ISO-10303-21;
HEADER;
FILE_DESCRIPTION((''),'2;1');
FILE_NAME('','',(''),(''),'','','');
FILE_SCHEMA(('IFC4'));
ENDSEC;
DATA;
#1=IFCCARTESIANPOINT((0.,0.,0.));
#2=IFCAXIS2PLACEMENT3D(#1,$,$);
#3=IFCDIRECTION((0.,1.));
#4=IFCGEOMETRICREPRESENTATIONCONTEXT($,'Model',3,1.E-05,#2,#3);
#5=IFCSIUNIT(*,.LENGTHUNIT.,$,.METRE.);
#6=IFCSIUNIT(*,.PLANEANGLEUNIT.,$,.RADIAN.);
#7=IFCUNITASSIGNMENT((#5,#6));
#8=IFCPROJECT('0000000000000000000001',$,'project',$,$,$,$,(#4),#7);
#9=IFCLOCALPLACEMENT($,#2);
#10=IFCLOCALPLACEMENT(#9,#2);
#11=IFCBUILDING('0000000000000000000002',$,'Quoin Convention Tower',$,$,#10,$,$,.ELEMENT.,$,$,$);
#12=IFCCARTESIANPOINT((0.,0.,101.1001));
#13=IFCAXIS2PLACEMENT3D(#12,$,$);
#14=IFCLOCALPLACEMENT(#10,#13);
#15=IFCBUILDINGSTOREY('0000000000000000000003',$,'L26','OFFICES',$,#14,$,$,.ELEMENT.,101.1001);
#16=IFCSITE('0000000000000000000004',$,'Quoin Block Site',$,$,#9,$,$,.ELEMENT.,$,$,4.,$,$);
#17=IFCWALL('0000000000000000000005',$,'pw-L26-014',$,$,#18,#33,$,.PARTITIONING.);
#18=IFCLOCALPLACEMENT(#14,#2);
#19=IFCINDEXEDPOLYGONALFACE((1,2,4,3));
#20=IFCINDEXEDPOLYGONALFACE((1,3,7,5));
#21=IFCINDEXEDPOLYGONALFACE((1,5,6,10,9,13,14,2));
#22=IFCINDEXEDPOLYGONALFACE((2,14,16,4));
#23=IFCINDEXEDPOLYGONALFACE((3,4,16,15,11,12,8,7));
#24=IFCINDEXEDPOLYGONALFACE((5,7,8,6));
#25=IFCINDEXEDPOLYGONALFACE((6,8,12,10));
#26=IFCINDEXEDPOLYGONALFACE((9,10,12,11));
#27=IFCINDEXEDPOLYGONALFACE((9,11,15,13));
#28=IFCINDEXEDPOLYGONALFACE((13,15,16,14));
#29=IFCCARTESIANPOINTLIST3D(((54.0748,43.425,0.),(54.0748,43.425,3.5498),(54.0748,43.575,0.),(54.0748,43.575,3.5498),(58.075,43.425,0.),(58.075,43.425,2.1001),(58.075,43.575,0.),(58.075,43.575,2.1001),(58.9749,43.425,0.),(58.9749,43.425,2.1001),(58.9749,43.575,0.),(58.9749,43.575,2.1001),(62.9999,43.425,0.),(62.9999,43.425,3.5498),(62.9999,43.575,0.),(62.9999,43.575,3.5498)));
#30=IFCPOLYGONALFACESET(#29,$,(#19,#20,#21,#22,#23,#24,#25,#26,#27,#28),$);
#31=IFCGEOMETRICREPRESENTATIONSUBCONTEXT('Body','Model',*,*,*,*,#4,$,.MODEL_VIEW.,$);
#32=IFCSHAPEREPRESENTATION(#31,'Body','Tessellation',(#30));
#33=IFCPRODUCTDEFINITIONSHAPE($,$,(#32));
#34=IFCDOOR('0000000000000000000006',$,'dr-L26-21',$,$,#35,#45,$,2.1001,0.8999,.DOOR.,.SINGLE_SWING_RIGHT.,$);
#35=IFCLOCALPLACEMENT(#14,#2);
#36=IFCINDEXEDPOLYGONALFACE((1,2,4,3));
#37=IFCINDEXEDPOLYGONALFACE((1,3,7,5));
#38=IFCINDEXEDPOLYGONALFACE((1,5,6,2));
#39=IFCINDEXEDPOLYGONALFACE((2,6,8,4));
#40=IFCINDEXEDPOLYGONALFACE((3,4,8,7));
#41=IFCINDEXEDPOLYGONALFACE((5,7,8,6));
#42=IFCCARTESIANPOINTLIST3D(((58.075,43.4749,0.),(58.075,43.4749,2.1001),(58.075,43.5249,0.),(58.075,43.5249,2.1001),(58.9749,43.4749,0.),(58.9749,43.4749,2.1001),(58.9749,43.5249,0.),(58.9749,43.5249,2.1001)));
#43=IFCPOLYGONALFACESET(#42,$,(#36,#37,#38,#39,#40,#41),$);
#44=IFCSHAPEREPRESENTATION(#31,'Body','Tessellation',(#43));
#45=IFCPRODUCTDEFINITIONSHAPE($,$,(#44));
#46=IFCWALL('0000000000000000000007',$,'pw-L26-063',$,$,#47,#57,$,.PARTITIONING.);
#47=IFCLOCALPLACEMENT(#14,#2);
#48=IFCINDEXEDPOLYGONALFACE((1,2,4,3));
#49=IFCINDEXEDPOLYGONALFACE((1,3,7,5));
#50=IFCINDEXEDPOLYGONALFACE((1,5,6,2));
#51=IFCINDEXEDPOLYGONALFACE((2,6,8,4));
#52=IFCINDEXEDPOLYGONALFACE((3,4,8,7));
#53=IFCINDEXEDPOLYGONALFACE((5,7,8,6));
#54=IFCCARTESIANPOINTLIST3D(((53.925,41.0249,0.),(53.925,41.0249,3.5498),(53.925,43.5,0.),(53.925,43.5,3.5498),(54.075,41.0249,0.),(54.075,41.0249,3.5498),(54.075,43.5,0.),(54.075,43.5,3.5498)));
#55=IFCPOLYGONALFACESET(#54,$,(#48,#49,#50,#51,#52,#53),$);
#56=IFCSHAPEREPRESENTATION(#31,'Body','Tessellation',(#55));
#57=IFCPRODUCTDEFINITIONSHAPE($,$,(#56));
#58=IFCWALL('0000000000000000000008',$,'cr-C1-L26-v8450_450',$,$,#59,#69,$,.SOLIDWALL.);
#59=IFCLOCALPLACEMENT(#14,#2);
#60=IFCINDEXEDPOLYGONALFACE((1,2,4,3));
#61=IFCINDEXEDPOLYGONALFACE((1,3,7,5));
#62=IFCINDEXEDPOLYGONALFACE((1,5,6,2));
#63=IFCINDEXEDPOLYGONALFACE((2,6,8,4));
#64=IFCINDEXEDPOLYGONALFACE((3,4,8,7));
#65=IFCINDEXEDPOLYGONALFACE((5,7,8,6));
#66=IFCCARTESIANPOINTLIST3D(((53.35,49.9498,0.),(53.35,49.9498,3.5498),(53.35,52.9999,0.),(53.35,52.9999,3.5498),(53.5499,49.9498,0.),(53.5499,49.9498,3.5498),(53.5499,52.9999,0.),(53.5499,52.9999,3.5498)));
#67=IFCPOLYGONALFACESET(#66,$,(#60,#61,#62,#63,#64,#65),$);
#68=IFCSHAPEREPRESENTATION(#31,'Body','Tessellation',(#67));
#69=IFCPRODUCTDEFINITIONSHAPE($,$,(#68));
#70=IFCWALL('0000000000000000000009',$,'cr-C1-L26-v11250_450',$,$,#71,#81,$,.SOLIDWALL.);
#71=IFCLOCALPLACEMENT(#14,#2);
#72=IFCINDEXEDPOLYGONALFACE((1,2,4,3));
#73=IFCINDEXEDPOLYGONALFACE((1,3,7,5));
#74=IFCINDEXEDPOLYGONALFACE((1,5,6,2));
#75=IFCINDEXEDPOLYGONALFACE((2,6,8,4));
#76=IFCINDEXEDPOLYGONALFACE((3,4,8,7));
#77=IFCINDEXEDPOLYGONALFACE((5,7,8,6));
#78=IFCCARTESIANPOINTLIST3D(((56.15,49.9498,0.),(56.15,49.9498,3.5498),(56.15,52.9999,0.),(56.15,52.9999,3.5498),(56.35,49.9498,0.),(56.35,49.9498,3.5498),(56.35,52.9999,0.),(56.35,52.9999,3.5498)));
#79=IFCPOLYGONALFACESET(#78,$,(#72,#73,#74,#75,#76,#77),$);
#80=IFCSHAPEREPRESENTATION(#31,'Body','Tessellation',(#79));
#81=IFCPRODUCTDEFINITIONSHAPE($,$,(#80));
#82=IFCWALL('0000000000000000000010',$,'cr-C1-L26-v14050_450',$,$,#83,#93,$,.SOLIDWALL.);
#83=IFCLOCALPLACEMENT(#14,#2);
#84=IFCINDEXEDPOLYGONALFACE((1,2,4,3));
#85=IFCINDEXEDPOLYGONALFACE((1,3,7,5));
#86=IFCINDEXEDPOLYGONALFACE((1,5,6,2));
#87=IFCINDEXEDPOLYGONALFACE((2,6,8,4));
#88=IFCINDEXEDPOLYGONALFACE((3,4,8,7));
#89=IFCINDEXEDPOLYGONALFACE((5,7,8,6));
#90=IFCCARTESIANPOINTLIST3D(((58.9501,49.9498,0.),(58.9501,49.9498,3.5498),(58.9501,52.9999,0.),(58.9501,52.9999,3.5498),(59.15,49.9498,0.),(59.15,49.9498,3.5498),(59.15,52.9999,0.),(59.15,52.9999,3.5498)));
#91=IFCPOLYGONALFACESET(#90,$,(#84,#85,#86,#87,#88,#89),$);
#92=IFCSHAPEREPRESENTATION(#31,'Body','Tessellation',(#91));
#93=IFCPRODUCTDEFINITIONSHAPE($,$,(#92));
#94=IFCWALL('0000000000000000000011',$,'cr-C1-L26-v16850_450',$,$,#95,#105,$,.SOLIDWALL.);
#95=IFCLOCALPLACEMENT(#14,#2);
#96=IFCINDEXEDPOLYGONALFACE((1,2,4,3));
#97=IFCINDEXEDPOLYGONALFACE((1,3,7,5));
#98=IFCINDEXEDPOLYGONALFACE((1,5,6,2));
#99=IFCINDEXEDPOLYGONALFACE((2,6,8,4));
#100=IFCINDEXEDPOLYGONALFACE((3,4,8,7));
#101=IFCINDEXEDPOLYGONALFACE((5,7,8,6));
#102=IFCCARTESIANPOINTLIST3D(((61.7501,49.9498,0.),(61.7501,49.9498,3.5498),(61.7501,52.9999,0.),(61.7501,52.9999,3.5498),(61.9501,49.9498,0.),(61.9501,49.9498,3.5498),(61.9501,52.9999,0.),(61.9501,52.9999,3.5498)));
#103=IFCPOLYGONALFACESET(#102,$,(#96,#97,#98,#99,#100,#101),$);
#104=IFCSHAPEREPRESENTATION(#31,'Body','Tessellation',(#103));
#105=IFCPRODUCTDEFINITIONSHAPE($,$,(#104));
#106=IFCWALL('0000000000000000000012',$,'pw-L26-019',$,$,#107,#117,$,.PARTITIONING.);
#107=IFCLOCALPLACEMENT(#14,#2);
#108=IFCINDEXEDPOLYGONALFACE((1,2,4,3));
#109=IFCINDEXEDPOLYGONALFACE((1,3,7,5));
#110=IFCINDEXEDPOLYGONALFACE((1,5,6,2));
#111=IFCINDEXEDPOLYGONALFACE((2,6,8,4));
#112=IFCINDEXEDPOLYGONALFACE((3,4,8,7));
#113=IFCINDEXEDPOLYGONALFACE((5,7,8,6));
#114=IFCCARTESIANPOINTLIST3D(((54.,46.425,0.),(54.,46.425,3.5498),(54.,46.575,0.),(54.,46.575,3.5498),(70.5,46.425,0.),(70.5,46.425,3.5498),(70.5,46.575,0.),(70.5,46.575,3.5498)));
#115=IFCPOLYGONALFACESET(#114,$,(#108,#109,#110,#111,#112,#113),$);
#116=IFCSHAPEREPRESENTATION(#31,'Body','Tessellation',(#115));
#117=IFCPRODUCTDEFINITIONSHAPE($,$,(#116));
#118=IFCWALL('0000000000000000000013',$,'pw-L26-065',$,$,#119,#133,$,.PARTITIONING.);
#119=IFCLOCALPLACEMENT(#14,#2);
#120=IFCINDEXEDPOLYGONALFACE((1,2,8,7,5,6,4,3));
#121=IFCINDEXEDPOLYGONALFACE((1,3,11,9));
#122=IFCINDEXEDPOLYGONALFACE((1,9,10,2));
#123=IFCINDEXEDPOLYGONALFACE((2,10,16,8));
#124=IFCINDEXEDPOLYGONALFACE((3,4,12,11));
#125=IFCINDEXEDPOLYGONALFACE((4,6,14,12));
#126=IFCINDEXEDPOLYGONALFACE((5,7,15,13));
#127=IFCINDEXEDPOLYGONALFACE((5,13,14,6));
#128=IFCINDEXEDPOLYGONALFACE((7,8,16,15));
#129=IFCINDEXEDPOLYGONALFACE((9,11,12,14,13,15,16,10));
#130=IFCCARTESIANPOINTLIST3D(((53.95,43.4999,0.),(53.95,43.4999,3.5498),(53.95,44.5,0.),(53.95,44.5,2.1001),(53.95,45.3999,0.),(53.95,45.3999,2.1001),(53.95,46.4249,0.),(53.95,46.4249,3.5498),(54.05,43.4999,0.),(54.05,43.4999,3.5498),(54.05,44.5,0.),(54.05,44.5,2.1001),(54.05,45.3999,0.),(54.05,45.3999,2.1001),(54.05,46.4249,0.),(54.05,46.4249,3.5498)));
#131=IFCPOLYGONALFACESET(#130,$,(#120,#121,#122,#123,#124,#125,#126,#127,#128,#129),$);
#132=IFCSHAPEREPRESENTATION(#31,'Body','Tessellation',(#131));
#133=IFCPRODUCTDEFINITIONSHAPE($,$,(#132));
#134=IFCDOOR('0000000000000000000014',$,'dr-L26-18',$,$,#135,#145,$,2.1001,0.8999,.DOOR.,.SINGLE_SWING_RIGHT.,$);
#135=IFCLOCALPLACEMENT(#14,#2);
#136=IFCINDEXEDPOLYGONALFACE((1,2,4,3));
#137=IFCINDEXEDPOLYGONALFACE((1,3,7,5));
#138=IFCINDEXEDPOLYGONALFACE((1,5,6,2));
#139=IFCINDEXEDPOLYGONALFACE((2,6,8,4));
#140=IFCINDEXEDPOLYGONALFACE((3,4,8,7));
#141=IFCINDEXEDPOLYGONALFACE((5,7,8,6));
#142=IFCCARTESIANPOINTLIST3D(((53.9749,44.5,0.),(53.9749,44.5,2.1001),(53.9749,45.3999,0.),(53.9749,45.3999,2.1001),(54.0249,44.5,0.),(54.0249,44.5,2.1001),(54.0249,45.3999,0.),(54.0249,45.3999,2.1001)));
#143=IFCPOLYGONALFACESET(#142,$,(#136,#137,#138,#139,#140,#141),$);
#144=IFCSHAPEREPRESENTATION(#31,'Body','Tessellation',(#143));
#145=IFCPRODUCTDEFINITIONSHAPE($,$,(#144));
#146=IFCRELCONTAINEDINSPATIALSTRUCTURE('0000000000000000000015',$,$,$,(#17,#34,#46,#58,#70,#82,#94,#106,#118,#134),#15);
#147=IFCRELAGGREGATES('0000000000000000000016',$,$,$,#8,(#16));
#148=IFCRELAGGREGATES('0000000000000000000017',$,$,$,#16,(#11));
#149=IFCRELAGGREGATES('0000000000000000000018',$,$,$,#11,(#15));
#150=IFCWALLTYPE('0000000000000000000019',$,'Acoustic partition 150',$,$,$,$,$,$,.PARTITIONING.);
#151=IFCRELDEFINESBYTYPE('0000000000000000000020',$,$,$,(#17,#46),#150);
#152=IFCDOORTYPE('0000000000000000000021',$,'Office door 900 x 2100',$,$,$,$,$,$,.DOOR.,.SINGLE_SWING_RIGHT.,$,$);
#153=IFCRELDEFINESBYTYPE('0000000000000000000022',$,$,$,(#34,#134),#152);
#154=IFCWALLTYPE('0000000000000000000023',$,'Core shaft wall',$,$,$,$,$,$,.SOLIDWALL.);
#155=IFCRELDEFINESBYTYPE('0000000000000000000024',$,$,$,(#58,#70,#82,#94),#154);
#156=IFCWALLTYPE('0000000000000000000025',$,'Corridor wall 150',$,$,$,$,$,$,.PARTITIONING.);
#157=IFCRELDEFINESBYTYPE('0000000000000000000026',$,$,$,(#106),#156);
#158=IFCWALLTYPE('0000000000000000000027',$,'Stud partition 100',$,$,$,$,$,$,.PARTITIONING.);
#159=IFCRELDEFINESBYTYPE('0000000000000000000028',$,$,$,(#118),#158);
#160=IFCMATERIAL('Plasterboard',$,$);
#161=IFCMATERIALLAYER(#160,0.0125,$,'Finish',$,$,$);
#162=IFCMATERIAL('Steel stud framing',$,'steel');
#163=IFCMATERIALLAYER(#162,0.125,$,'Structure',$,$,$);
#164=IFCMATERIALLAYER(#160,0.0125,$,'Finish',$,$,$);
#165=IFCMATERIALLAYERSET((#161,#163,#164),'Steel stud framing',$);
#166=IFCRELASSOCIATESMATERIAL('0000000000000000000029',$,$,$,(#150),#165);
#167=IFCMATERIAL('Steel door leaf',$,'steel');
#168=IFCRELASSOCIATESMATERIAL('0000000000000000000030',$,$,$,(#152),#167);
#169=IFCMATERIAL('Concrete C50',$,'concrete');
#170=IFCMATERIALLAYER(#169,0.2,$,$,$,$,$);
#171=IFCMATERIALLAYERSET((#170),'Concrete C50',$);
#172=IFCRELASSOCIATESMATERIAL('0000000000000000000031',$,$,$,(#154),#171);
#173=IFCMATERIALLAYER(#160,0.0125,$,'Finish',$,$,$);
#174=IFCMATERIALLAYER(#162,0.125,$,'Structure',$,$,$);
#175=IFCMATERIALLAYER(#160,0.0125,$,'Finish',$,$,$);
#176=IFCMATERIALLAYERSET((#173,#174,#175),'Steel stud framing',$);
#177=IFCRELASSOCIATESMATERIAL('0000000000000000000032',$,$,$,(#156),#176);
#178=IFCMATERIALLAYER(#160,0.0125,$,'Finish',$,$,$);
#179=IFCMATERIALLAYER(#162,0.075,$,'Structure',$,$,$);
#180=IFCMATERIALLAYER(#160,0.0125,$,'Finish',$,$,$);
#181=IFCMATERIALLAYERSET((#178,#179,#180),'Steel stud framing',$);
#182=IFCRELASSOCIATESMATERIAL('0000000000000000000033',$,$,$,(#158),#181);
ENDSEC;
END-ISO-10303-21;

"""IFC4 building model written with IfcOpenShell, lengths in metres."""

from ifc_helpers import new_model, si_unit, direction, frame, frame_2d, origin, place, context, subcontext, project, spatial, rectangle, extrude, material, layer, layer_set, type_object, element, fill, save


model = new_model("IFC4")

# Units and contexts
model_context = context("Model", 3, precision=1e-05, world=origin(), true_north=direction((0.0, 1.0)))
body_context = subcontext(model_context, "Body", "Model", "MODEL_VIEW")
ifc_project = project(units=[si_unit("LENGTHUNIT", "METRE"), si_unit("PLANEANGLEUNIT", "RADIAN")], contexts=[model_context])

# Site, building, storey
site_placement = place(None, origin())
site = spatial("IfcSite", under=ifc_project, at=site_placement, Name="Quoin Block Site", CompositionType="ELEMENT", RefElevation=4.0)
building_placement = place(site_placement, origin())
building = spatial("IfcBuilding", under=site, at=building_placement, Name="Quoin Convention Tower", CompositionType="ELEMENT")
storey_placement = place(building_placement, frame((0.0, 0.0, 101.1001)))
storey = spatial("IfcBuildingStorey", under=building, at=storey_placement, Name="L26", Description="OFFICES", CompositionType="ELEMENT", Elevation=101.1001)

# Wall, opening, door
ifc_material_1 = material(Name="Plasterboard")
ifc_layer_1 = layer(ifc_material_1, 0.0125, Name="Finish")
ifc_material_2 = material(Name="Steel stud framing", Category="steel")
ifc_layer_2 = layer(ifc_material_2, 0.125, Name="Structure")
ifc_layer_3 = layer(ifc_material_1, 0.0125, Name="Finish")
ifc_layer_set_1 = layer_set([ifc_layer_1, ifc_layer_2, ifc_layer_3], Name="Steel stud framing")
wall_type_1 = type_object("IfcWallType", Name="Acoustic partition 150", PredefinedType="PARTITIONING", material=ifc_layer_set_1)
wall_1_placement = place(storey_placement, frame((54.075, 43.5, 0.0), z_axis=(0.0, 0.0, 1.0), x_axis=(1.0, 0.0, 0.0)))
wall_1 = element("IfcWall", 1, at=wall_1_placement, inside=storey, type_object=wall_type_1, Name="pw-L26-014", PredefinedType="PARTITIONING", context=body_context, shape_type="SweptSolid", body=[
    extrude(rectangle(XDim=8.925, YDim=0.1499, at=frame_2d((4.4624, 0.0))), origin(), (0.0, 0.0, 1.0), 3.5498),
])
opening_1_placement = place(wall_1_placement, frame((4.0, 0.0, 0.0)))
opening_1 = element("IfcOpeningElement", 2, at=opening_1_placement, cuts=wall_1, PredefinedType="OPENING", context=body_context, shape_type="SweptSolid", body=[
    extrude(rectangle(XDim=0.8999, YDim=2.1001, at=frame_2d((0.45, 1.05))), frame((0.0, 0.085, 0.0), z_axis=(0.0, -1.0, 0.0), x_axis=(1.0, 0.0, 0.0)), (0.0, 0.0, 1.0), 0.1699),
])
ifc_material_3 = material(Name="Steel door leaf", Category="steel")
door_type = type_object("IfcDoorType", Name="Office door 900 x 2100", OperationType="SINGLE_SWING_RIGHT", PredefinedType="DOOR", material=ifc_material_3)
door_1_placement = place(opening_1_placement, origin())
door_1 = element("IfcDoor", 3, at=door_1_placement, inside=storey, type_object=door_type, Name="dr-L26-21", OperationType="SINGLE_SWING_RIGHT", OverallHeight=2.1001, OverallWidth=0.8999, PredefinedType="DOOR", context=body_context, shape_type="SweptSolid", body=[
    extrude(rectangle(XDim=0.8999, YDim=2.1001, at=frame_2d((0.45, 1.05))), frame((0.0, 0.0249, 0.0), z_axis=(0.0, -1.0, 0.0), x_axis=(1.0, 0.0, 0.0)), (0.0, 0.0, 1.0), 0.05),
])
fill(opening_1, door_1)

# Walls
wall_2_placement = place(storey_placement, frame((54.0, 41.0249, 0.0), z_axis=(0.0, 0.0, 1.0), x_axis=(0.0, 1.0, 0.0)))
element("IfcWall", 4, at=wall_2_placement, inside=storey, type_object=wall_type_1, Name="pw-L26-063", PredefinedType="PARTITIONING", context=body_context, shape_type="SweptSolid", body=[
    extrude(rectangle(XDim=2.4751, YDim=0.1499, at=frame_2d((1.2375, 0.0))), origin(), (0.0, 0.0, 1.0), 3.5498),
])
ifc_material_4 = material(Name="Concrete C50", Category="concrete")
ifc_layer_4 = layer(ifc_material_4, 0.2)
ifc_layer_set_2 = layer_set([ifc_layer_4], Name="Concrete C50")
wall_type_2 = type_object("IfcWallType", Name="Core shaft wall", PredefinedType="SOLIDWALL", material=ifc_layer_set_2)
for number, where, z_axis, x_axis, name in (
    (5, (53.45, 49.95, 0.0), (0.0, 0.0, 1.0), (0.0, 1.0, 0.0), "cr-C1-L26-v8450_450"),
    (6, (56.25, 49.95, 0.0), (0.0, 0.0, 1.0), (0.0, 1.0, 0.0), "cr-C1-L26-v11250_450"),
    (7, (59.05, 49.95, 0.0), (0.0, 0.0, 1.0), (0.0, 1.0, 0.0), "cr-C1-L26-v14050_450"),
    (8, (61.8501, 49.95, 0.0), (0.0, 0.0, 1.0), (0.0, 1.0, 0.0), "cr-C1-L26-v16850_450"),
):
    element("IfcWall", number, at=place(storey_placement, frame(where, z_axis=z_axis, x_axis=x_axis)), inside=storey, type_object=wall_type_2, Name=name, PredefinedType="SOLIDWALL", context=body_context, shape_type="SweptSolid", body=[
        extrude(rectangle(XDim=3.05, YDim=0.2, at=frame_2d((1.5249, 0.0))), origin(), (0.0, 0.0, 1.0), 3.5498),
    ])
ifc_layer_5 = layer(ifc_material_1, 0.0125, Name="Finish")
ifc_layer_6 = layer(ifc_material_2, 0.125, Name="Structure")
ifc_layer_7 = layer(ifc_material_1, 0.0125, Name="Finish")
ifc_layer_set_3 = layer_set([ifc_layer_5, ifc_layer_6, ifc_layer_7], Name="Steel stud framing")
wall_type_3 = type_object("IfcWallType", Name="Corridor wall 150", PredefinedType="PARTITIONING", material=ifc_layer_set_3)
wall_3_placement = place(storey_placement, frame((54.0, 46.5, 0.0), z_axis=(0.0, 0.0, 1.0), x_axis=(1.0, 0.0, 0.0)))
element("IfcWall", 9, at=wall_3_placement, inside=storey, type_object=wall_type_3, Name="pw-L26-019", PredefinedType="PARTITIONING", context=body_context, shape_type="SweptSolid", body=[
    extrude(rectangle(XDim=16.5, YDim=0.1499, at=frame_2d((8.25, 0.0))), origin(), (0.0, 0.0, 1.0), 3.5498),
])

# Wall, opening, door
ifc_layer_8 = layer(ifc_material_1, 0.0125, Name="Finish")
ifc_layer_9 = layer(ifc_material_2, 0.075, Name="Structure")
ifc_layer_10 = layer(ifc_material_1, 0.0125, Name="Finish")
ifc_layer_set_4 = layer_set([ifc_layer_8, ifc_layer_9, ifc_layer_10], Name="Steel stud framing")
wall_type_4 = type_object("IfcWallType", Name="Stud partition 100", PredefinedType="PARTITIONING", material=ifc_layer_set_4)
wall_4_placement = place(storey_placement, frame((54.0, 43.5, 0.0), z_axis=(0.0, 0.0, 1.0), x_axis=(0.0, 1.0, 0.0)))
wall_4 = element("IfcWall", 10, at=wall_4_placement, inside=storey, type_object=wall_type_4, Name="pw-L26-065", PredefinedType="PARTITIONING", context=body_context, shape_type="SweptSolid", body=[
    extrude(rectangle(XDim=2.925, YDim=0.1001, at=frame_2d((1.4624, 0.0))), origin(), (0.0, 0.0, 1.0), 3.5498),
])
opening_2_placement = place(wall_4_placement, frame((1.0, 0.0, 0.0)))
opening_2 = element("IfcOpeningElement", 11, at=opening_2_placement, cuts=wall_4, PredefinedType="OPENING", context=body_context, shape_type="SweptSolid", body=[
    extrude(rectangle(XDim=0.8999, YDim=2.1001, at=frame_2d((0.45, 1.05))), frame((0.0, 0.0601, 0.0), z_axis=(0.0, -1.0, 0.0), x_axis=(1.0, 0.0, 0.0)), (0.0, 0.0, 1.0), 0.1201),
])
door_2_placement = place(opening_2_placement, frame((0.8999, 0.0, 0.0), z_axis=(0.0, 0.0, 1.0), x_axis=(-1.0, 0.0, 0.0)))
door_2 = element("IfcDoor", 12, at=door_2_placement, inside=storey, type_object=door_type, Name="dr-L26-18", OperationType="SINGLE_SWING_RIGHT", OverallHeight=2.1001, OverallWidth=0.8999, PredefinedType="DOOR", context=body_context, shape_type="SweptSolid", body=[
    extrude(rectangle(XDim=0.8999, YDim=2.1001, at=frame_2d((0.45, 1.05))), frame((0.0, 0.0249, 0.0), z_axis=(0.0, -1.0, 0.0), x_axis=(1.0, 0.0, 0.0)), (0.0, 0.0, 1.0), 0.05),
])
fill(opening_2, door_2)

save(model, "model.ifc")
